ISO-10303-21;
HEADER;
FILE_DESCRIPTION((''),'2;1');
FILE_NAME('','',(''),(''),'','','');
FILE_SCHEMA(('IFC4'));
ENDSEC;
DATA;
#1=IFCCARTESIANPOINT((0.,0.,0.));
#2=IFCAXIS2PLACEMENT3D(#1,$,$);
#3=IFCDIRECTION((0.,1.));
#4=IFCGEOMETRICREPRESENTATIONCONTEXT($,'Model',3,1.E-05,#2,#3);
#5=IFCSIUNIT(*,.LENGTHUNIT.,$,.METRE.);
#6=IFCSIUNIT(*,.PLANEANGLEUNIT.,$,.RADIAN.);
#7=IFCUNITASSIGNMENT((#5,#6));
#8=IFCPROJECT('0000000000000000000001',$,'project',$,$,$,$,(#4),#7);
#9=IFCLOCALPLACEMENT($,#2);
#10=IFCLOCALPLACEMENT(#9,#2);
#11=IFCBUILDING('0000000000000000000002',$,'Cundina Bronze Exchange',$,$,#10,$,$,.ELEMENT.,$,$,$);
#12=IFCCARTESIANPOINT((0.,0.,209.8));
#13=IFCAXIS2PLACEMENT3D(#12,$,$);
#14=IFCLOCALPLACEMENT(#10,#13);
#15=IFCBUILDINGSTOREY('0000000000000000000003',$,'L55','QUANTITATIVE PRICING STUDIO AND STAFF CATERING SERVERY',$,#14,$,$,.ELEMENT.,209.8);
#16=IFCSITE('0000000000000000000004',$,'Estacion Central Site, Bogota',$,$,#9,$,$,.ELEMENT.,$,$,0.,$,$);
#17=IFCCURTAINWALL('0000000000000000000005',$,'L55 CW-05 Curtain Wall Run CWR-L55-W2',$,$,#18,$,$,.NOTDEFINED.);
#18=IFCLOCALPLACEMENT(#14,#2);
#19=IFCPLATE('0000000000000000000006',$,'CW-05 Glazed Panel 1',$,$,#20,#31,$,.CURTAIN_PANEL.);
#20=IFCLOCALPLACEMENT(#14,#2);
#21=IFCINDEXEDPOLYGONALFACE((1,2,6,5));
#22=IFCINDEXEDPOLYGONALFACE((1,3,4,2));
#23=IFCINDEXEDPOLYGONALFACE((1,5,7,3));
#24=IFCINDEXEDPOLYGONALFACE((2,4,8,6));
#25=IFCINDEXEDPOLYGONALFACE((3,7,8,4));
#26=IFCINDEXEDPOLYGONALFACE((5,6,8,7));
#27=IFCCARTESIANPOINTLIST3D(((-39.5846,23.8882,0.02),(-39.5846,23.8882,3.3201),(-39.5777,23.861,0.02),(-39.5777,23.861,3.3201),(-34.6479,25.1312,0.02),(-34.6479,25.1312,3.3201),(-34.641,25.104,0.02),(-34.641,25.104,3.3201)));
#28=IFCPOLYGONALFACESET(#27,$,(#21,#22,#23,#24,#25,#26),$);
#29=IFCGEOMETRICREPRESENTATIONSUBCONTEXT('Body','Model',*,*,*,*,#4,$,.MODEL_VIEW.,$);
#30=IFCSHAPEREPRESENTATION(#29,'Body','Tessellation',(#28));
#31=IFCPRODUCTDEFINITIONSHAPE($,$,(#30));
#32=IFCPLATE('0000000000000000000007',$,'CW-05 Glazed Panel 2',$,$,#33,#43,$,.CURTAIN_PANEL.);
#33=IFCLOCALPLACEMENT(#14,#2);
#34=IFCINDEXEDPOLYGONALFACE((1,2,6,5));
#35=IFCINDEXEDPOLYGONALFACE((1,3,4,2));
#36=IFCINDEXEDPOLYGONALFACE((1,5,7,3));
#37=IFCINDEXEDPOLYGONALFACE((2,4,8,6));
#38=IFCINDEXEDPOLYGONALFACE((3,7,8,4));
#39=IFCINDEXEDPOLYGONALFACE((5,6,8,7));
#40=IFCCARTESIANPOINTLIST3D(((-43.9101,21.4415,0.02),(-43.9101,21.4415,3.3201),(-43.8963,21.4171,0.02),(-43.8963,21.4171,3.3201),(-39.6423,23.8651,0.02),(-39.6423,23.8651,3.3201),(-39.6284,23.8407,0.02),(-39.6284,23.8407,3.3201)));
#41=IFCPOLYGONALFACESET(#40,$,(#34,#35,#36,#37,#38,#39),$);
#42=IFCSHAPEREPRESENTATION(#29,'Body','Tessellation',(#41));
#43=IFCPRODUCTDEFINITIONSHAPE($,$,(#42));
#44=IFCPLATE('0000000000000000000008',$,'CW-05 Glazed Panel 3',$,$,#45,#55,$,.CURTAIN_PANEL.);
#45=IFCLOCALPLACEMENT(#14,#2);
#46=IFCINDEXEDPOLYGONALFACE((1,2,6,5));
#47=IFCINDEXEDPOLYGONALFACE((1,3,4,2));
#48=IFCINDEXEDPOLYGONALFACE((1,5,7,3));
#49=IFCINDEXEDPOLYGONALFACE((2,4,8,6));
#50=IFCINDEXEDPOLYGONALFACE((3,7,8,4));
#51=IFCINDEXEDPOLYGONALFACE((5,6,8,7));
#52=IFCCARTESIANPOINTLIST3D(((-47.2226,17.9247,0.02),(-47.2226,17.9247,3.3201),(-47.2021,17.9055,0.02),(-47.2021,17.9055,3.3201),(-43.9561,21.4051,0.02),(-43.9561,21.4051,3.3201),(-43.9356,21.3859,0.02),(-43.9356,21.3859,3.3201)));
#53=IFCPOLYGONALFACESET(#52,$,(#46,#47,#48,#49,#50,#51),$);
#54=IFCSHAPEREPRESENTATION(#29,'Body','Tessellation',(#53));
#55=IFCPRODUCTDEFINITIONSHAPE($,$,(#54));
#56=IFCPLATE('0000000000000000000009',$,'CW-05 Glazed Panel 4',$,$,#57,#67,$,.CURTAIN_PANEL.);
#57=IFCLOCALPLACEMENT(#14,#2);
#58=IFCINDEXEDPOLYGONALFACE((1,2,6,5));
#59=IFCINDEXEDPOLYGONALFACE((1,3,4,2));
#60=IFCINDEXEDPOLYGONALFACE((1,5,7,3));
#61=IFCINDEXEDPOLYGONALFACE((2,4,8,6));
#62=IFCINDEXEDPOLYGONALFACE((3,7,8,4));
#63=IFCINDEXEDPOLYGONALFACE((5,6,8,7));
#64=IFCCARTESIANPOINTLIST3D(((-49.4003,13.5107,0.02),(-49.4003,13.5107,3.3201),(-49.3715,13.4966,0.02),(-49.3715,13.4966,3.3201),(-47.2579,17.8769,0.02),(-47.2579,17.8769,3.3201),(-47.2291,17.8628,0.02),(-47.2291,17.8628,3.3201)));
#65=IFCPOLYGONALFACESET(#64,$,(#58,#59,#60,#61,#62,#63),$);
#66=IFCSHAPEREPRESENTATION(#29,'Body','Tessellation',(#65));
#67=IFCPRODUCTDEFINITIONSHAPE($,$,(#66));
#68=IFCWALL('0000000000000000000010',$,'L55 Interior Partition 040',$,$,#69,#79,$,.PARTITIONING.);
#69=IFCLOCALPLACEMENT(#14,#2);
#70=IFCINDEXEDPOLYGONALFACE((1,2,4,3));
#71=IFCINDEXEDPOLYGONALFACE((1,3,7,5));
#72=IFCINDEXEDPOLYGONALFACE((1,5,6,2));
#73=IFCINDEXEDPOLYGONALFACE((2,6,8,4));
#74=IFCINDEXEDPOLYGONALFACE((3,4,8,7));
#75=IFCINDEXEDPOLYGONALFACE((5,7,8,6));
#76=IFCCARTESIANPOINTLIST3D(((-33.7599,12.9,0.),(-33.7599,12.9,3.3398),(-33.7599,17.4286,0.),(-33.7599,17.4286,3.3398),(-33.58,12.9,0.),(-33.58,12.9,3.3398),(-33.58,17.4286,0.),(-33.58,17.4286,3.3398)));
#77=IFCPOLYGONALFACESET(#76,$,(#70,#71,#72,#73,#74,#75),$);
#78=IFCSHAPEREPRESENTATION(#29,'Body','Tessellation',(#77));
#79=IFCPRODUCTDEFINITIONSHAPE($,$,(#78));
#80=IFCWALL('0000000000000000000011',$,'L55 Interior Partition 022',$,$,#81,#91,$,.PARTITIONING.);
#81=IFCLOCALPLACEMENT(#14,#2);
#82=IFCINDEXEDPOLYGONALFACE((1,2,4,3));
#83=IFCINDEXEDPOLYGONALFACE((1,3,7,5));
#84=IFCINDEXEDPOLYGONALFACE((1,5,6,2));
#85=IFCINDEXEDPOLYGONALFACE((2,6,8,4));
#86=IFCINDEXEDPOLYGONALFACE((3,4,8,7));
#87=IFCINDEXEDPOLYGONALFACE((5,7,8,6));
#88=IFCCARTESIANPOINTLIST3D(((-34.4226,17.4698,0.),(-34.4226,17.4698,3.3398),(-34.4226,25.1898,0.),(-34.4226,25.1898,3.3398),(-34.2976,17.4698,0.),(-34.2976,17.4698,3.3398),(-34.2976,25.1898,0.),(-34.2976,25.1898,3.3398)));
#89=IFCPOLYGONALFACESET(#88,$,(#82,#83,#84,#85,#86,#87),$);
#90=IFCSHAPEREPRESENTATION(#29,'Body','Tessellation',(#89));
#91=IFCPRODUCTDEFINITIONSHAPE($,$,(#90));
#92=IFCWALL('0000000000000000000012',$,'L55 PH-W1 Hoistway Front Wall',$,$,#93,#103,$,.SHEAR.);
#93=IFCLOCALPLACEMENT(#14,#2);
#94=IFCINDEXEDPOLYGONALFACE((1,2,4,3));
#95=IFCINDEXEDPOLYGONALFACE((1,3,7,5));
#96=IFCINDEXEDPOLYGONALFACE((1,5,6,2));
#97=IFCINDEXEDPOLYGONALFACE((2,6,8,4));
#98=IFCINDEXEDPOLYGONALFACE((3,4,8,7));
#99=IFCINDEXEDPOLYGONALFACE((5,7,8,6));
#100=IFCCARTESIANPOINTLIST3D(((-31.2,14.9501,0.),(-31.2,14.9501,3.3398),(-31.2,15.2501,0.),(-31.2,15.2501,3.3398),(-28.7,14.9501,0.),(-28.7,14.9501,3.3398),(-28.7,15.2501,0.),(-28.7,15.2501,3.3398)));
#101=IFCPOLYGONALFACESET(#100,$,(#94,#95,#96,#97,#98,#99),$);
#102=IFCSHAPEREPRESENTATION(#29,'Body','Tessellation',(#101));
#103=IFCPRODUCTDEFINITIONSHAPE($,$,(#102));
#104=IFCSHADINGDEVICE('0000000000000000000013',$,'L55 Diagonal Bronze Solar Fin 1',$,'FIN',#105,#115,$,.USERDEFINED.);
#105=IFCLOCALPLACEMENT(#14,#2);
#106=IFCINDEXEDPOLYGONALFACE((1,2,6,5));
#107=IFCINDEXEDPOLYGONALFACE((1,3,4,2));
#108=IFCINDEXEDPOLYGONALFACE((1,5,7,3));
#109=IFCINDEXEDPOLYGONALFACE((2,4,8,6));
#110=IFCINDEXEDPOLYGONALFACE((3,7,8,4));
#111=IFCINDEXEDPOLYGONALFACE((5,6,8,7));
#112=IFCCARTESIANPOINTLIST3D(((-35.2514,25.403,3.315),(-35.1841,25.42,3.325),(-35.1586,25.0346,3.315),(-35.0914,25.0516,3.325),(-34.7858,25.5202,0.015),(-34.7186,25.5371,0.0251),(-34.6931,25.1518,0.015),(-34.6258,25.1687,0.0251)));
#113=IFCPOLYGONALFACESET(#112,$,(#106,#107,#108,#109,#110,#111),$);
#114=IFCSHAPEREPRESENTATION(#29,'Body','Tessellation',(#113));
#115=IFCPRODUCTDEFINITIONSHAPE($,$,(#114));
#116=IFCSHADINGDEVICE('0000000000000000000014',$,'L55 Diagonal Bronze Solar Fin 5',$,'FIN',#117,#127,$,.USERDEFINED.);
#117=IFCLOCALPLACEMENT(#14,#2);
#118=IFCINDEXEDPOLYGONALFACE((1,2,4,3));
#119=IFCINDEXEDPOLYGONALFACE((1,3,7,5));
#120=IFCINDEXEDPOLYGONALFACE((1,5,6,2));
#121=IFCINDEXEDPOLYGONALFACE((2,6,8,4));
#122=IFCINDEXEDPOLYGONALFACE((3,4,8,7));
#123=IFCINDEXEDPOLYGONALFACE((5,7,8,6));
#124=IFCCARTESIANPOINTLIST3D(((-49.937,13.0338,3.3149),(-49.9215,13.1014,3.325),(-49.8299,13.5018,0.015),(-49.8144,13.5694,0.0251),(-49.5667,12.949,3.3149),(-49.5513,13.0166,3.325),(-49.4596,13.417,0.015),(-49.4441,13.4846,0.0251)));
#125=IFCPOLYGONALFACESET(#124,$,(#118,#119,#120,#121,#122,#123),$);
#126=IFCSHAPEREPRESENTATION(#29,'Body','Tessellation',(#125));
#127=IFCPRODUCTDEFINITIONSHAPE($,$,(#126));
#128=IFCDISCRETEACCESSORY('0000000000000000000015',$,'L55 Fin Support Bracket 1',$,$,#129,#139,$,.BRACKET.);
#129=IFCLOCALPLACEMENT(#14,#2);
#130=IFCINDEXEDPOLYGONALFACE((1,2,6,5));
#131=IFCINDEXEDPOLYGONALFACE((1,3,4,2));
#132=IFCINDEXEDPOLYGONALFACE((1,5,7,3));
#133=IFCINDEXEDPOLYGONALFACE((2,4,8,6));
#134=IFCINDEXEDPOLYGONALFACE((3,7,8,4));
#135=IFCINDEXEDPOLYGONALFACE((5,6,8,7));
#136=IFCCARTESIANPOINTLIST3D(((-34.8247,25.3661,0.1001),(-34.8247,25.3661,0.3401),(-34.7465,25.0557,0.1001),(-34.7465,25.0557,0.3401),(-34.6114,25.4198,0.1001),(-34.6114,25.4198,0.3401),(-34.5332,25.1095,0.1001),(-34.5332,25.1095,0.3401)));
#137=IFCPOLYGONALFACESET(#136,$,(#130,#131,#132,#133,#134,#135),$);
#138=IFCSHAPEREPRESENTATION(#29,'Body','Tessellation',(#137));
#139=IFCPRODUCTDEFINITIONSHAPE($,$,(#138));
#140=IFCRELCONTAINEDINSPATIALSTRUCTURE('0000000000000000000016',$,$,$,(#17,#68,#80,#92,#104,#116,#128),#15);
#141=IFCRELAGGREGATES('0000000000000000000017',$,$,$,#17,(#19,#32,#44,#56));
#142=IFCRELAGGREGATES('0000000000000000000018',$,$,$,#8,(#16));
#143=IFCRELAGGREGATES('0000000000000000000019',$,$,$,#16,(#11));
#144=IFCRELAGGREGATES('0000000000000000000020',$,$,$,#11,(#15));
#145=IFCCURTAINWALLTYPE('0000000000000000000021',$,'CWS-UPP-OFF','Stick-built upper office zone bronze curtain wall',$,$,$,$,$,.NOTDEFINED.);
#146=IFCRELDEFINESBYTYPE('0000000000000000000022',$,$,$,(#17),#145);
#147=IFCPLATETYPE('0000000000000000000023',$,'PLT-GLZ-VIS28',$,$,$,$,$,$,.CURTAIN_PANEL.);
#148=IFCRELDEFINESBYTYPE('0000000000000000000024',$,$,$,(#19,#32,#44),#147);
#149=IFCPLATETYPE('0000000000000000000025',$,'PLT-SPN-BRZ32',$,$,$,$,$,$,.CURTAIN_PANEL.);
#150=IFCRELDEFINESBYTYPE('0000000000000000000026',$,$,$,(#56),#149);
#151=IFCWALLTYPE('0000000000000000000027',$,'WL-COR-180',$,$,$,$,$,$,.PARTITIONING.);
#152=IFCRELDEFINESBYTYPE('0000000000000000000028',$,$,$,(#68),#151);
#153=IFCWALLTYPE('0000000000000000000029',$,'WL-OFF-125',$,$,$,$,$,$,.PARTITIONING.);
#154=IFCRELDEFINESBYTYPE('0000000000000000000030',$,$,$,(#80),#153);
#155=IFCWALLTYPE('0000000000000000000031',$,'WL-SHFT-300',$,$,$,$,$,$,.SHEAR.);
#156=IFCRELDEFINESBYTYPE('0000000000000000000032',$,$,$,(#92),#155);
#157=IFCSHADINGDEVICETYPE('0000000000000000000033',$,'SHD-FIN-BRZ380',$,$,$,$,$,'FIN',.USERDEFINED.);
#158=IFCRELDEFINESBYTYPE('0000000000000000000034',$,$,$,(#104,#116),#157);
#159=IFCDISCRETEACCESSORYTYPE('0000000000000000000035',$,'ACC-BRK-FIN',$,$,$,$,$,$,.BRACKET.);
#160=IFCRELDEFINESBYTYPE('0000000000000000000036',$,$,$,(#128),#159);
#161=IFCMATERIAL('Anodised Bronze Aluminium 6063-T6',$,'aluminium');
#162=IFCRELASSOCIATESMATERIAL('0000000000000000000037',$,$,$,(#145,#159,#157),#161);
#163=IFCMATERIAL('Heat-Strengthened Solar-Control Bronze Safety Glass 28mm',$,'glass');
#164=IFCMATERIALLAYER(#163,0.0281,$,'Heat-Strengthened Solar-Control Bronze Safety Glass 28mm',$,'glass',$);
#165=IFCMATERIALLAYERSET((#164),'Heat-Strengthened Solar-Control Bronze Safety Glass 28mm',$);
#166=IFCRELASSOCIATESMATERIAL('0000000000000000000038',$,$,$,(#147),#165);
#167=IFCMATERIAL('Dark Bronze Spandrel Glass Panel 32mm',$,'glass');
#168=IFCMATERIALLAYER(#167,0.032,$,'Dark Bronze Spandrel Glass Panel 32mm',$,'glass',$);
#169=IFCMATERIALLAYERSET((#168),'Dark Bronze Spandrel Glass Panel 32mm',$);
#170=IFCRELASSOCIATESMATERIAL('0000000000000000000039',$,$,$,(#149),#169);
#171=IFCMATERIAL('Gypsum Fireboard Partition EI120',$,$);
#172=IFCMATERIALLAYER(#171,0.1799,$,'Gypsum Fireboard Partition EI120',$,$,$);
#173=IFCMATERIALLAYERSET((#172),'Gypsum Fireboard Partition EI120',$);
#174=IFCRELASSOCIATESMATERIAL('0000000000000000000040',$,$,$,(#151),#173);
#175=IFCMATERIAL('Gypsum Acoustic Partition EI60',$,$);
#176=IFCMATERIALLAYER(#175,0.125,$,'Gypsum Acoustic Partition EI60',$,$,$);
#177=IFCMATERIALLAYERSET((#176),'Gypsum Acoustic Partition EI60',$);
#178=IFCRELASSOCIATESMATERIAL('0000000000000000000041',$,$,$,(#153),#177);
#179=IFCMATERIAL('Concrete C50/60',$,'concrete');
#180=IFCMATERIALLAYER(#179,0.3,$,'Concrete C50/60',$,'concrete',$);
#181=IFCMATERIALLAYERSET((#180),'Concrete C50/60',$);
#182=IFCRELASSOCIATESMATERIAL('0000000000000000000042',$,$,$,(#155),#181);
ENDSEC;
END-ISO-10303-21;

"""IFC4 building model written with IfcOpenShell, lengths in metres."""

from ifc_helpers import new_model, si_unit, direction, frame, frame_2d, origin, origin_2d, place, context, subcontext, project, spatial, rectangle, extrude, material, layer, layer_set, material_profile, profile_set, type_object, element, aggregate, save


model = new_model("IFC4")

# Units and contexts
model_context = context("Model", 3, precision=1e-05, world=origin(), true_north=direction((0.0, 1.0)))
body_context = subcontext(model_context, "Body", "Model", "MODEL_VIEW")
ifc_project = project(units=[si_unit("LENGTHUNIT", "METRE"), si_unit("PLANEANGLEUNIT", "RADIAN")], contexts=[model_context])

# Site, building, storey
site_placement = place(None, origin())
site = spatial("IfcSite", under=ifc_project, at=site_placement, Name="Estacion Central Site, Bogota", CompositionType="ELEMENT", RefElevation=0.0)
building_placement = place(site_placement, origin())
building = spatial("IfcBuilding", under=site, at=building_placement, Name="Cundina Bronze Exchange", CompositionType="ELEMENT")
storey_placement = place(building_placement, frame((0.0, 0.0, 209.8)))
storey = spatial("IfcBuildingStorey", under=building, at=storey_placement, Name="L55", Description="QUANTITATIVE PRICING STUDIO AND STAFF CATERING SERVERY", CompositionType="ELEMENT", Elevation=209.8)

# Shared definitions
ifc_material_1 = material(Name="Concrete C50/60", Category="concrete")

# Curtain wall
ifc_material_2 = material(Name="Anodised Bronze Aluminium 6063-T6", Category="aluminium")
curtain_wall_type = type_object("IfcCurtainWallType", Name="CWS-UPP-OFF", Description="Stick-built upper office zone bronze curtain wall", PredefinedType="NOTDEFINED", material=ifc_material_2)
curtain_wall_1_placement = place(storey_placement, origin())
curtain_wall_1 = element("IfcCurtainWall", 1, at=curtain_wall_1_placement, inside=storey, type_object=curtain_wall_type, Name="L55 CW-05 Curtain Wall Run CWR-L55-W2", PredefinedType="NOTDEFINED")

# Plates
ifc_material_3 = material(Name="Heat-Strengthened Solar-Control Bronze Safety Glass 28mm", Category="glass")
ifc_layer_1 = layer(ifc_material_3, 0.0281, Name="Heat-Strengthened Solar-Control Bronze Safety Glass 28mm", Category="glass")
ifc_layer_set_1 = layer_set([ifc_layer_1], Name="Heat-Strengthened Solar-Control Bronze Safety Glass 28mm")
plate_type_1 = type_object("IfcPlateType", Name="PLT-GLZ-VIS28", PredefinedType="CURTAIN_PANEL", material=ifc_layer_set_1)
plate_1_placement = place(storey_placement, frame((-37.1128, 24.4961, 0.02), z_axis=(0.0, 0.0, 1.0), x_axis=(-0.969732, -0.244174, 0.0)))
plate_1 = element("IfcPlate", 2, at=plate_1_placement, type_object=plate_type_1, Name="CW-05 Glazed Panel 1", PredefinedType="CURTAIN_PANEL", context=body_context, shape_type="SweptSolid", body=[
    extrude(rectangle(XDim=5.0908, YDim=0.0281, at=origin_2d()), origin(), (0.0, 0.0, 1.0), 3.3),
])
plate_2_placement = place(storey_placement, frame((-41.7693, 22.6411, 0.02), z_axis=(0.0, 0.0, 1.0), x_axis=(-0.869573, -0.493805, 0.0)))
plate_2 = element("IfcPlate", 3, at=plate_2_placement, type_object=plate_type_1, Name="CW-05 Glazed Panel 2", PredefinedType="CURTAIN_PANEL", context=body_context, shape_type="SweptSolid", body=[
    extrude(rectangle(XDim=4.908, YDim=0.0281, at=origin_2d()), origin(), (0.0, 0.0, 1.0), 3.3),
])
plate_3_placement = place(storey_placement, frame((-45.5791, 19.6553, 0.02), z_axis=(0.0, 0.0, 1.0), x_axis=(-0.684344, -0.72916, 0.0)))
plate_3 = element("IfcPlate", 4, at=plate_3_placement, type_object=plate_type_1, Name="CW-05 Glazed Panel 3", PredefinedType="CURTAIN_PANEL", context=body_context, shape_type="SweptSolid", body=[
    extrude(rectangle(XDim=4.7732, YDim=0.0281, at=origin_2d()), origin(), (0.0, 0.0, 1.0), 3.3),
])
ifc_material_4 = material(Name="Dark Bronze Spandrel Glass Panel 32mm", Category="glass")
ifc_layer_2 = layer(ifc_material_4, 0.032, Name="Dark Bronze Spandrel Glass Panel 32mm", Category="glass")
ifc_layer_set_2 = layer_set([ifc_layer_2], Name="Dark Bronze Spandrel Glass Panel 32mm")
plate_type_2 = type_object("IfcPlateType", Name="PLT-SPN-BRZ32", PredefinedType="CURTAIN_PANEL", material=ifc_layer_set_2)
plate_4_placement = place(storey_placement, frame((-48.3147, 15.6868, 0.02), z_axis=(0.0, 0.0, 1.0), x_axis=(-0.440503, -0.897751, 0.0)))
plate_4 = element("IfcPlate", 5, at=plate_4_placement, type_object=plate_type_2, Name="CW-05 Glazed Panel 4", PredefinedType="CURTAIN_PANEL", context=body_context, shape_type="SweptSolid", body=[
    extrude(rectangle(XDim=4.8635, YDim=0.032, at=origin_2d()), origin(), (0.0, 0.0, 1.0), 3.3),
])
aggregate(curtain_wall_1, [plate_1, plate_2, plate_3, plate_4])

# Walls
ifc_material_5 = material(Name="Gypsum Fireboard Partition EI120")
ifc_layer_3 = layer(ifc_material_5, 0.1799, Name="Gypsum Fireboard Partition EI120")
ifc_layer_set_3 = layer_set([ifc_layer_3], Name="Gypsum Fireboard Partition EI120")
wall_type_1 = type_object("IfcWallType", Name="WL-COR-180", PredefinedType="PARTITIONING", material=ifc_layer_set_3)
wall_1_placement = place(storey_placement, frame((-33.6699, 17.4285, 0.0), z_axis=(0.0, 0.0, 1.0), x_axis=(0.0, -1.0, 0.0)))
element("IfcWall", 6, at=wall_1_placement, inside=storey, type_object=wall_type_1, Name="L55 Interior Partition 040", PredefinedType="PARTITIONING", context=body_context, shape_type="SweptSolid", body=[
    extrude(rectangle(XDim=4.5286, YDim=0.1799, at=frame_2d((2.2642, 0.0))), origin(), (0.0, 0.0, 1.0), 3.3398),
])
ifc_material_6 = material(Name="Gypsum Acoustic Partition EI60")
ifc_layer_4 = layer(ifc_material_6, 0.125, Name="Gypsum Acoustic Partition EI60")
ifc_layer_set_4 = layer_set([ifc_layer_4], Name="Gypsum Acoustic Partition EI60")
wall_type_2 = type_object("IfcWallType", Name="WL-OFF-125", PredefinedType="PARTITIONING", material=ifc_layer_set_4)
wall_2_placement = place(storey_placement, frame((-34.3601, 17.47, 0.0), z_axis=(0.0, 0.0, 1.0), x_axis=(0.0, 1.0, 0.0)))
element("IfcWall", 7, at=wall_2_placement, inside=storey, type_object=wall_type_2, Name="L55 Interior Partition 022", PredefinedType="PARTITIONING", context=body_context, shape_type="SweptSolid", body=[
    extrude(rectangle(XDim=7.72, YDim=0.125, at=frame_2d((3.8599, 0.0))), origin(), (0.0, 0.0, 1.0), 3.3398),
])
ifc_layer_5 = layer(ifc_material_1, 0.3, Name="Concrete C50/60", Category="concrete")
ifc_layer_set_5 = layer_set([ifc_layer_5], Name="Concrete C50/60")
wall_type_3 = type_object("IfcWallType", Name="WL-SHFT-300", PredefinedType="SHEAR", material=ifc_layer_set_5)
wall_3_placement = place(storey_placement, frame((-31.2, 15.1001, 0.0), z_axis=(0.0, 0.0, 1.0), x_axis=(1.0, 0.0, 0.0)))
element("IfcWall", 8, at=wall_3_placement, inside=storey, type_object=wall_type_3, Name="L55 PH-W1 Hoistway Front Wall", PredefinedType="SHEAR", context=body_context, shape_type="SweptSolid", body=[
    extrude(rectangle(XDim=2.5, YDim=0.3, at=frame_2d((1.25, 0.0))), origin(), (0.0, 0.0, 1.0), 3.3398),
])

# Shading devices
ifc_material_profile_1 = material_profile(ifc_material_2, rectangle(XDim=0.0701, YDim=0.3799, at=origin_2d()), Name="FIN70X380", Category="aluminium")
ifc_profile_set_1 = profile_set([ifc_material_profile_1], Name="Anodised Bronze Aluminium 6063-T6")
shading_device_type = type_object("IfcShadingDeviceType", Name="SHD-FIN-BRZ380", ElementType="FIN", PredefinedType="USERDEFINED", material=ifc_profile_set_1)
for number, where, z_axis, x_axis, name in (
    (9, (-34.7058, 25.3445, 0.02), (-0.139612, -0.035141, 0.989583), (0.95965, 0.241548, 0.143967), "L55 Diagonal Bronze Solar Fin 1"),
    (10, (-49.637, 13.4932, 0.02), (-0.032139, -0.140344, 0.989581), (0.220899, 0.964611, 0.143977), "L55 Diagonal Bronze Solar Fin 5"),
):
    element("IfcShadingDevice", number, at=place(storey_placement, frame(where, z_axis=z_axis, x_axis=x_axis)), inside=storey, type_object=shading_device_type, Name=name, ObjectType="FIN", PredefinedType="USERDEFINED", context=body_context, shape_type="SweptSolid", body=[
        extrude(rectangle(XDim=0.0701, YDim=0.3799, at=origin_2d()), origin(), (0.0, 0.0, 1.0), 3.3347),
    ])

# Discrete accessory
discrete_accessory_type = type_object("IfcDiscreteAccessoryType", Name="ACC-BRK-FIN", PredefinedType="BRACKET", material=ifc_material_2)
discrete_accessory_placement = place(storey_placement, frame((-34.679, 25.2378, 0.1001), z_axis=(0.0, 0.0, 1.0), x_axis=(-0.969732, -0.244174, 0.0)))
element("IfcDiscreteAccessory", 11, at=discrete_accessory_placement, inside=storey, type_object=discrete_accessory_type, Name="L55 Fin Support Bracket 1", PredefinedType="BRACKET", context=body_context, shape_type="SweptSolid", body=[
    extrude(rectangle(XDim=0.22, YDim=0.3201, at=origin_2d()), origin(), (0.0, 0.0, 1.0), 0.24),
])

save(model, "model.ifc")
